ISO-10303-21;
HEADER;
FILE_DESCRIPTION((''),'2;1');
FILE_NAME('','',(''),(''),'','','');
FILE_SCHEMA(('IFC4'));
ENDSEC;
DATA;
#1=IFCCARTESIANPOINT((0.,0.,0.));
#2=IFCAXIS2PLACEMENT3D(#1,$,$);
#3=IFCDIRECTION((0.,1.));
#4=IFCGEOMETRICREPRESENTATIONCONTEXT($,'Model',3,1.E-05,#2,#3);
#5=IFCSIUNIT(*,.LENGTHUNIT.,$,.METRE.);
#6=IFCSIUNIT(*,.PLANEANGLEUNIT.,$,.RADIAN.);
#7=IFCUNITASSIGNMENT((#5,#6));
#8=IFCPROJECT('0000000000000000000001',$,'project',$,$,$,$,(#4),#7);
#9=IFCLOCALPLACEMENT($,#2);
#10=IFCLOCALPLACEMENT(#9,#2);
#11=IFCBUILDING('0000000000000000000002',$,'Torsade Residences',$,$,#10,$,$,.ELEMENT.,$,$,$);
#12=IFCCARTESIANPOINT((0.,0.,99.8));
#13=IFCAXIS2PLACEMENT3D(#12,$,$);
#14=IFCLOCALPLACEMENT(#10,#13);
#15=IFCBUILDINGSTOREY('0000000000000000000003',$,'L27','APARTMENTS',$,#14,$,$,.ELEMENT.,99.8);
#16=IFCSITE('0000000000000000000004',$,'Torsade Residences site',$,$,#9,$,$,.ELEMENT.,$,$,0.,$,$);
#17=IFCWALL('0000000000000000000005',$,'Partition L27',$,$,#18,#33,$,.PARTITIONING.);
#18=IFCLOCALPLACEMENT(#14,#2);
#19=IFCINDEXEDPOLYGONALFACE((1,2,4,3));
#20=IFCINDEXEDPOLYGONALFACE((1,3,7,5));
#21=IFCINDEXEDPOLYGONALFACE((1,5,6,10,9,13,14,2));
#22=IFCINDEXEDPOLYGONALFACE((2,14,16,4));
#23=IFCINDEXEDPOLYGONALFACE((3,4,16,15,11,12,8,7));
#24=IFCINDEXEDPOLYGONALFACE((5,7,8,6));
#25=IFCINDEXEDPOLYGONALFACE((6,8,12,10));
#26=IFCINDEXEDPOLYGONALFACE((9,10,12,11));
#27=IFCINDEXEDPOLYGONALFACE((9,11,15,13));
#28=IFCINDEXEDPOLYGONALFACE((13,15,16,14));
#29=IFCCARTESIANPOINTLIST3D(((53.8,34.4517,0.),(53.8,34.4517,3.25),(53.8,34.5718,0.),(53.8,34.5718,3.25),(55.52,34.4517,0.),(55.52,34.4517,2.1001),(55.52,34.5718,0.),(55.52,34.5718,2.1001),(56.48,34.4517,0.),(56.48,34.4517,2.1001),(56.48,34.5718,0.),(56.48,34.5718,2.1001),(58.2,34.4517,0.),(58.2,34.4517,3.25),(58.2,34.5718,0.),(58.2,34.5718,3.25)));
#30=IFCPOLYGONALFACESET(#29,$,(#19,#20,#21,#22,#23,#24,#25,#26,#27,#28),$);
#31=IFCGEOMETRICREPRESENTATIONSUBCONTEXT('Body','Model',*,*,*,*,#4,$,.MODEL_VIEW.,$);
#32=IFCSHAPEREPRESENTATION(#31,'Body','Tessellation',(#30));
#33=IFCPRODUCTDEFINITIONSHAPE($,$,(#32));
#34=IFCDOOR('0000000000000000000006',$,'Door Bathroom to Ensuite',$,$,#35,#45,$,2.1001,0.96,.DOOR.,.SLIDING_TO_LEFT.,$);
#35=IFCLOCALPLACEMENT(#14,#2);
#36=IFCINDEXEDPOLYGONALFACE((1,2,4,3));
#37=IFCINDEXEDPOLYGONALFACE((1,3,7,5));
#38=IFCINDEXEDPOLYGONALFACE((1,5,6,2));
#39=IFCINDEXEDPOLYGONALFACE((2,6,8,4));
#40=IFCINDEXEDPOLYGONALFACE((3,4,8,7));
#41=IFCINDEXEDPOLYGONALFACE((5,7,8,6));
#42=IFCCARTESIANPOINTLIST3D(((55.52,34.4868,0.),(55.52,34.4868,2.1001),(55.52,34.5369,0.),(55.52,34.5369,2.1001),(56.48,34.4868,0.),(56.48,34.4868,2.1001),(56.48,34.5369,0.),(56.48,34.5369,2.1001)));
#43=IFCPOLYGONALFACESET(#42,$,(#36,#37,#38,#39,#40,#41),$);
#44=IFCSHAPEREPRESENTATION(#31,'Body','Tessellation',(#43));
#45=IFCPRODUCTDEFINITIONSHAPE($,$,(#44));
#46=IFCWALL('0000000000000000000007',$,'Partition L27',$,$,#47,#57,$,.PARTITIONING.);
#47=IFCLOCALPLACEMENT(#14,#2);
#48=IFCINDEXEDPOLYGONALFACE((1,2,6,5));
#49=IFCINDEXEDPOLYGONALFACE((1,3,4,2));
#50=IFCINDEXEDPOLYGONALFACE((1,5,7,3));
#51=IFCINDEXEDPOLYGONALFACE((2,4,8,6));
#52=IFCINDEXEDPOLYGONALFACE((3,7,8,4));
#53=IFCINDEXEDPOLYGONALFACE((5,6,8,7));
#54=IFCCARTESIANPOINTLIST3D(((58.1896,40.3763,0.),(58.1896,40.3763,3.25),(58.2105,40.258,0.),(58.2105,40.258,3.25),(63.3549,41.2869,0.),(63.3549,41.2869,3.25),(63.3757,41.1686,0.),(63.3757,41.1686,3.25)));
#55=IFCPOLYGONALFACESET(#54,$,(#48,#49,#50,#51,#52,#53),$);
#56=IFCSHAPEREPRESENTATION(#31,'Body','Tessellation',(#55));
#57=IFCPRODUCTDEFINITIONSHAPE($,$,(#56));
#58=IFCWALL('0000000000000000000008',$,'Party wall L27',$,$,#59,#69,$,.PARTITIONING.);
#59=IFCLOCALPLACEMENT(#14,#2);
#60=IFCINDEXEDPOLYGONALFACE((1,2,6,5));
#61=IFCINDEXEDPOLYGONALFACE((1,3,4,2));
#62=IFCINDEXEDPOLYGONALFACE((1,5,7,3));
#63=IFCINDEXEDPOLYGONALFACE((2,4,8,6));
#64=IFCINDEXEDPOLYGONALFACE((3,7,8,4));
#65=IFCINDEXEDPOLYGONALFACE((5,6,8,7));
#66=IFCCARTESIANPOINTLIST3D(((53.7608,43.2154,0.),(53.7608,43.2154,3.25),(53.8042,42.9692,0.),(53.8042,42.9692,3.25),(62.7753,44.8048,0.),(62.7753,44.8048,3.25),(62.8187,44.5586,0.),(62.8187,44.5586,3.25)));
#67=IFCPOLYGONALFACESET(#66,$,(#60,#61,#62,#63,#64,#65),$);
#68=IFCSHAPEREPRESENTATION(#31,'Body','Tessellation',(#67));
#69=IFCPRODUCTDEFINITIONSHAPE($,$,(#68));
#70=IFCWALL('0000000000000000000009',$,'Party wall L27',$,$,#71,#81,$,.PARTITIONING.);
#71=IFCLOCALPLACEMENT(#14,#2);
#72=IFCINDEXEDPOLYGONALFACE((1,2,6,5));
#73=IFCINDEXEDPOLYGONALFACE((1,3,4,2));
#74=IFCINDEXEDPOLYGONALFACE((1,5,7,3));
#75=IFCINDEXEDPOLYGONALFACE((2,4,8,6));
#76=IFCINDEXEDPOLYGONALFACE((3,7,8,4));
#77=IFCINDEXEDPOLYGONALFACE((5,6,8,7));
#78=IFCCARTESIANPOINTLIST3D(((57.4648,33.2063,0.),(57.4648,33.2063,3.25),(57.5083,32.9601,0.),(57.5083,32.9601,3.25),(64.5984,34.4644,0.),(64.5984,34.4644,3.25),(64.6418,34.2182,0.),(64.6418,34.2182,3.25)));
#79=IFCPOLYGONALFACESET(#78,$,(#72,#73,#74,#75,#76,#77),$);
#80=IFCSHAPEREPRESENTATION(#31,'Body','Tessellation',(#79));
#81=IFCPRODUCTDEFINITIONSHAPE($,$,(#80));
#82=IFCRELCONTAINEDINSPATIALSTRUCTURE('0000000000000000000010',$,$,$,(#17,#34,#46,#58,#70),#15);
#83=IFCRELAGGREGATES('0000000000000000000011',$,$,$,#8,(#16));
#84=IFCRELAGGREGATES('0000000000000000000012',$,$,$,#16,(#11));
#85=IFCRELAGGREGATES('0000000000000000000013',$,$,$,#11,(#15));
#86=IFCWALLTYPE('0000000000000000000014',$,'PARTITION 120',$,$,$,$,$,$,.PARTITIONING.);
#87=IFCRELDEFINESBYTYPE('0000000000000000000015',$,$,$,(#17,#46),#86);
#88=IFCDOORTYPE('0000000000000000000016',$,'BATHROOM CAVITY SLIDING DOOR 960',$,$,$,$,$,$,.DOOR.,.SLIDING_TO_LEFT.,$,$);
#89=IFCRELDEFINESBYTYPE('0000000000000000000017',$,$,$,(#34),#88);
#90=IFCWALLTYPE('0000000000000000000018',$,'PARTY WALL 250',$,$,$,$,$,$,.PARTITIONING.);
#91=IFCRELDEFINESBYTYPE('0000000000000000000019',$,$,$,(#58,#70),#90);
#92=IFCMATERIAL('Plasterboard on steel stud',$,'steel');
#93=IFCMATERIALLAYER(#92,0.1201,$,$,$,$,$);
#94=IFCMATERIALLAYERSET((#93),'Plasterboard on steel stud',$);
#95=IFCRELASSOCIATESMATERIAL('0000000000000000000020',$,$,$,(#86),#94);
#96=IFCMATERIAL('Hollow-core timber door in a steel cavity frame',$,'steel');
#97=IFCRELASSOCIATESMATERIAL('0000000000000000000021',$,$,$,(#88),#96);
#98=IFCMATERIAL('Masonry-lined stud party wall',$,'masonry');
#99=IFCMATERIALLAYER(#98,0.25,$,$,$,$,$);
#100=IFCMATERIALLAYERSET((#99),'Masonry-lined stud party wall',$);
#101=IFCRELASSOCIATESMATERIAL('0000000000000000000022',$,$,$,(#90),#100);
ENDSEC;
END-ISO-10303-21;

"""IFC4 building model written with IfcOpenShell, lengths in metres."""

from ifc_helpers import new_model, si_unit, direction, frame, frame_2d, origin, place, context, subcontext, project, spatial, rectangle, extrude, material, layer, layer_set, type_object, element, fill, save


model = new_model("IFC4")

# Units and contexts
model_context = context("Model", 3, precision=1e-05, world=origin(), true_north=direction((0.0, 1.0)))
body_context = subcontext(model_context, "Body", "Model", "MODEL_VIEW")
ifc_project = project(units=[si_unit("LENGTHUNIT", "METRE"), si_unit("PLANEANGLEUNIT", "RADIAN")], contexts=[model_context])

# Site, building, storey
site_placement = place(None, origin())
site = spatial("IfcSite", under=ifc_project, at=site_placement, Name="Torsade Residences site", CompositionType="ELEMENT", RefElevation=0.0)
building_placement = place(site_placement, origin())
building = spatial("IfcBuilding", under=site, at=building_placement, Name="Torsade Residences", CompositionType="ELEMENT")
storey_placement = place(building_placement, frame((0.0, 0.0, 99.8)))
storey = spatial("IfcBuildingStorey", under=building, at=storey_placement, Name="L27", Description="APARTMENTS", CompositionType="ELEMENT", Elevation=99.8)

# Shared definitions
ifc_material_1 = material(Name="Plasterboard on steel stud", Category="steel")
ifc_layer_1 = layer(ifc_material_1, 0.1201)
ifc_layer_set_1 = layer_set([ifc_layer_1], Name="Plasterboard on steel stud")
wall_type_1 = type_object("IfcWallType", Name="PARTITION 120", PredefinedType="PARTITIONING", material=ifc_layer_set_1)

# Wall, opening, door
ifc_material_2 = material(Name="Hollow-core timber door in a steel cavity frame", Category="steel")
door_type = type_object("IfcDoorType", Name="BATHROOM CAVITY SLIDING DOOR 960", OperationType="SLIDING_TO_LEFT", PredefinedType="DOOR", material=ifc_material_2)
wall_1_placement = place(storey_placement, frame((58.2, 34.5117, 0.0), z_axis=(0.0, 0.0, 1.0), x_axis=(-1.0, 0.0, 0.0)))
wall_1 = element("IfcWall", 1, at=wall_1_placement, inside=storey, type_object=wall_type_1, Name="Partition L27", PredefinedType="PARTITIONING", context=body_context, shape_type="SweptSolid", body=[
    extrude(rectangle(XDim=4.3999, YDim=0.1201, at=frame_2d((2.2, 0.0))), origin(), (0.0, 0.0, 1.0), 3.25),
])
opening_1_placement = place(wall_1_placement, frame((1.72, 0.0, 0.0)))
opening_1 = element("IfcOpeningElement", 2, at=opening_1_placement, cuts=wall_1, PredefinedType="OPENING", context=body_context, shape_type="SweptSolid", body=[
    extrude(rectangle(XDim=0.96, YDim=2.1001, at=frame_2d((0.48, 1.05))), frame((0.0, 0.0701, 0.0), z_axis=(0.0, -1.0, 0.0), x_axis=(1.0, 0.0, 0.0)), (0.0, 0.0, 1.0), 0.1401),
])
door_1_placement = place(opening_1_placement, origin())
door_1 = element("IfcDoor", 3, at=door_1_placement, inside=storey, type_object=door_type, Name="Door Bathroom to Ensuite", OperationType="SLIDING_TO_LEFT", OverallHeight=2.1001, OverallWidth=0.96, PredefinedType="DOOR", context=body_context, shape_type="SweptSolid", body=[
    extrude(rectangle(XDim=0.96, YDim=2.1001, at=frame_2d((0.48, 1.05))), frame((0.0, 0.0249, 0.0), z_axis=(0.0, -1.0, 0.0), x_axis=(1.0, 0.0, 0.0)), (0.0, 0.0, 1.0), 0.05),
])
fill(opening_1, door_1)

# Walls
wall_2_placement = place(storey_placement, frame((58.2, 40.3171, 0.0), z_axis=(0.0, 0.0, 1.0), x_axis=(0.984812, 0.173623, 0.0)))
element("IfcWall", 4, at=wall_2_placement, inside=storey, type_object=wall_type_1, Name="Partition L27", PredefinedType="PARTITIONING", context=body_context, shape_type="SweptSolid", body=[
    extrude(rectangle(XDim=5.2449, YDim=0.1201, at=frame_2d((2.6226, 0.0))), origin(), (0.0, 0.0, 1.0), 3.25),
])
ifc_material_3 = material(Name="Masonry-lined stud party wall", Category="masonry")
ifc_layer_2 = layer(ifc_material_3, 0.25)
ifc_layer_set_2 = layer_set([ifc_layer_2], Name="Masonry-lined stud party wall")
wall_type_2 = type_object("IfcWallType", Name="PARTY WALL 250", PredefinedType="PARTITIONING", material=ifc_layer_set_2)
wall_3_placement = place(storey_placement, frame((62.7969, 44.6816, 0.0), z_axis=(0.0, 0.0, 1.0), x_axis=(-0.984811, -0.17363, 0.0)))
element("IfcWall", 5, at=wall_3_placement, inside=storey, type_object=wall_type_2, Name="Party wall L27", PredefinedType="PARTITIONING", context=body_context, shape_type="SweptSolid", body=[
    extrude(rectangle(XDim=9.1536, YDim=0.25, at=frame_2d((4.5767, 0.0))), origin(), (0.0, 0.0, 1.0), 3.25),
])
wall_4_placement = place(storey_placement, frame((64.6201, 34.3413, 0.0), z_axis=(0.0, 0.0, 1.0), x_axis=(-0.984803, -0.173678, 0.0)))
element("IfcWall", 6, at=wall_4_placement, inside=storey, type_object=wall_type_2, Name="Party wall L27", PredefinedType="PARTITIONING", context=body_context, shape_type="SweptSolid", body=[
    extrude(rectangle(XDim=7.2437, YDim=0.25, at=frame_2d((3.6218, 0.0))), origin(), (0.0, 0.0, 1.0), 3.25),
])

save(model, "model.ifc")
